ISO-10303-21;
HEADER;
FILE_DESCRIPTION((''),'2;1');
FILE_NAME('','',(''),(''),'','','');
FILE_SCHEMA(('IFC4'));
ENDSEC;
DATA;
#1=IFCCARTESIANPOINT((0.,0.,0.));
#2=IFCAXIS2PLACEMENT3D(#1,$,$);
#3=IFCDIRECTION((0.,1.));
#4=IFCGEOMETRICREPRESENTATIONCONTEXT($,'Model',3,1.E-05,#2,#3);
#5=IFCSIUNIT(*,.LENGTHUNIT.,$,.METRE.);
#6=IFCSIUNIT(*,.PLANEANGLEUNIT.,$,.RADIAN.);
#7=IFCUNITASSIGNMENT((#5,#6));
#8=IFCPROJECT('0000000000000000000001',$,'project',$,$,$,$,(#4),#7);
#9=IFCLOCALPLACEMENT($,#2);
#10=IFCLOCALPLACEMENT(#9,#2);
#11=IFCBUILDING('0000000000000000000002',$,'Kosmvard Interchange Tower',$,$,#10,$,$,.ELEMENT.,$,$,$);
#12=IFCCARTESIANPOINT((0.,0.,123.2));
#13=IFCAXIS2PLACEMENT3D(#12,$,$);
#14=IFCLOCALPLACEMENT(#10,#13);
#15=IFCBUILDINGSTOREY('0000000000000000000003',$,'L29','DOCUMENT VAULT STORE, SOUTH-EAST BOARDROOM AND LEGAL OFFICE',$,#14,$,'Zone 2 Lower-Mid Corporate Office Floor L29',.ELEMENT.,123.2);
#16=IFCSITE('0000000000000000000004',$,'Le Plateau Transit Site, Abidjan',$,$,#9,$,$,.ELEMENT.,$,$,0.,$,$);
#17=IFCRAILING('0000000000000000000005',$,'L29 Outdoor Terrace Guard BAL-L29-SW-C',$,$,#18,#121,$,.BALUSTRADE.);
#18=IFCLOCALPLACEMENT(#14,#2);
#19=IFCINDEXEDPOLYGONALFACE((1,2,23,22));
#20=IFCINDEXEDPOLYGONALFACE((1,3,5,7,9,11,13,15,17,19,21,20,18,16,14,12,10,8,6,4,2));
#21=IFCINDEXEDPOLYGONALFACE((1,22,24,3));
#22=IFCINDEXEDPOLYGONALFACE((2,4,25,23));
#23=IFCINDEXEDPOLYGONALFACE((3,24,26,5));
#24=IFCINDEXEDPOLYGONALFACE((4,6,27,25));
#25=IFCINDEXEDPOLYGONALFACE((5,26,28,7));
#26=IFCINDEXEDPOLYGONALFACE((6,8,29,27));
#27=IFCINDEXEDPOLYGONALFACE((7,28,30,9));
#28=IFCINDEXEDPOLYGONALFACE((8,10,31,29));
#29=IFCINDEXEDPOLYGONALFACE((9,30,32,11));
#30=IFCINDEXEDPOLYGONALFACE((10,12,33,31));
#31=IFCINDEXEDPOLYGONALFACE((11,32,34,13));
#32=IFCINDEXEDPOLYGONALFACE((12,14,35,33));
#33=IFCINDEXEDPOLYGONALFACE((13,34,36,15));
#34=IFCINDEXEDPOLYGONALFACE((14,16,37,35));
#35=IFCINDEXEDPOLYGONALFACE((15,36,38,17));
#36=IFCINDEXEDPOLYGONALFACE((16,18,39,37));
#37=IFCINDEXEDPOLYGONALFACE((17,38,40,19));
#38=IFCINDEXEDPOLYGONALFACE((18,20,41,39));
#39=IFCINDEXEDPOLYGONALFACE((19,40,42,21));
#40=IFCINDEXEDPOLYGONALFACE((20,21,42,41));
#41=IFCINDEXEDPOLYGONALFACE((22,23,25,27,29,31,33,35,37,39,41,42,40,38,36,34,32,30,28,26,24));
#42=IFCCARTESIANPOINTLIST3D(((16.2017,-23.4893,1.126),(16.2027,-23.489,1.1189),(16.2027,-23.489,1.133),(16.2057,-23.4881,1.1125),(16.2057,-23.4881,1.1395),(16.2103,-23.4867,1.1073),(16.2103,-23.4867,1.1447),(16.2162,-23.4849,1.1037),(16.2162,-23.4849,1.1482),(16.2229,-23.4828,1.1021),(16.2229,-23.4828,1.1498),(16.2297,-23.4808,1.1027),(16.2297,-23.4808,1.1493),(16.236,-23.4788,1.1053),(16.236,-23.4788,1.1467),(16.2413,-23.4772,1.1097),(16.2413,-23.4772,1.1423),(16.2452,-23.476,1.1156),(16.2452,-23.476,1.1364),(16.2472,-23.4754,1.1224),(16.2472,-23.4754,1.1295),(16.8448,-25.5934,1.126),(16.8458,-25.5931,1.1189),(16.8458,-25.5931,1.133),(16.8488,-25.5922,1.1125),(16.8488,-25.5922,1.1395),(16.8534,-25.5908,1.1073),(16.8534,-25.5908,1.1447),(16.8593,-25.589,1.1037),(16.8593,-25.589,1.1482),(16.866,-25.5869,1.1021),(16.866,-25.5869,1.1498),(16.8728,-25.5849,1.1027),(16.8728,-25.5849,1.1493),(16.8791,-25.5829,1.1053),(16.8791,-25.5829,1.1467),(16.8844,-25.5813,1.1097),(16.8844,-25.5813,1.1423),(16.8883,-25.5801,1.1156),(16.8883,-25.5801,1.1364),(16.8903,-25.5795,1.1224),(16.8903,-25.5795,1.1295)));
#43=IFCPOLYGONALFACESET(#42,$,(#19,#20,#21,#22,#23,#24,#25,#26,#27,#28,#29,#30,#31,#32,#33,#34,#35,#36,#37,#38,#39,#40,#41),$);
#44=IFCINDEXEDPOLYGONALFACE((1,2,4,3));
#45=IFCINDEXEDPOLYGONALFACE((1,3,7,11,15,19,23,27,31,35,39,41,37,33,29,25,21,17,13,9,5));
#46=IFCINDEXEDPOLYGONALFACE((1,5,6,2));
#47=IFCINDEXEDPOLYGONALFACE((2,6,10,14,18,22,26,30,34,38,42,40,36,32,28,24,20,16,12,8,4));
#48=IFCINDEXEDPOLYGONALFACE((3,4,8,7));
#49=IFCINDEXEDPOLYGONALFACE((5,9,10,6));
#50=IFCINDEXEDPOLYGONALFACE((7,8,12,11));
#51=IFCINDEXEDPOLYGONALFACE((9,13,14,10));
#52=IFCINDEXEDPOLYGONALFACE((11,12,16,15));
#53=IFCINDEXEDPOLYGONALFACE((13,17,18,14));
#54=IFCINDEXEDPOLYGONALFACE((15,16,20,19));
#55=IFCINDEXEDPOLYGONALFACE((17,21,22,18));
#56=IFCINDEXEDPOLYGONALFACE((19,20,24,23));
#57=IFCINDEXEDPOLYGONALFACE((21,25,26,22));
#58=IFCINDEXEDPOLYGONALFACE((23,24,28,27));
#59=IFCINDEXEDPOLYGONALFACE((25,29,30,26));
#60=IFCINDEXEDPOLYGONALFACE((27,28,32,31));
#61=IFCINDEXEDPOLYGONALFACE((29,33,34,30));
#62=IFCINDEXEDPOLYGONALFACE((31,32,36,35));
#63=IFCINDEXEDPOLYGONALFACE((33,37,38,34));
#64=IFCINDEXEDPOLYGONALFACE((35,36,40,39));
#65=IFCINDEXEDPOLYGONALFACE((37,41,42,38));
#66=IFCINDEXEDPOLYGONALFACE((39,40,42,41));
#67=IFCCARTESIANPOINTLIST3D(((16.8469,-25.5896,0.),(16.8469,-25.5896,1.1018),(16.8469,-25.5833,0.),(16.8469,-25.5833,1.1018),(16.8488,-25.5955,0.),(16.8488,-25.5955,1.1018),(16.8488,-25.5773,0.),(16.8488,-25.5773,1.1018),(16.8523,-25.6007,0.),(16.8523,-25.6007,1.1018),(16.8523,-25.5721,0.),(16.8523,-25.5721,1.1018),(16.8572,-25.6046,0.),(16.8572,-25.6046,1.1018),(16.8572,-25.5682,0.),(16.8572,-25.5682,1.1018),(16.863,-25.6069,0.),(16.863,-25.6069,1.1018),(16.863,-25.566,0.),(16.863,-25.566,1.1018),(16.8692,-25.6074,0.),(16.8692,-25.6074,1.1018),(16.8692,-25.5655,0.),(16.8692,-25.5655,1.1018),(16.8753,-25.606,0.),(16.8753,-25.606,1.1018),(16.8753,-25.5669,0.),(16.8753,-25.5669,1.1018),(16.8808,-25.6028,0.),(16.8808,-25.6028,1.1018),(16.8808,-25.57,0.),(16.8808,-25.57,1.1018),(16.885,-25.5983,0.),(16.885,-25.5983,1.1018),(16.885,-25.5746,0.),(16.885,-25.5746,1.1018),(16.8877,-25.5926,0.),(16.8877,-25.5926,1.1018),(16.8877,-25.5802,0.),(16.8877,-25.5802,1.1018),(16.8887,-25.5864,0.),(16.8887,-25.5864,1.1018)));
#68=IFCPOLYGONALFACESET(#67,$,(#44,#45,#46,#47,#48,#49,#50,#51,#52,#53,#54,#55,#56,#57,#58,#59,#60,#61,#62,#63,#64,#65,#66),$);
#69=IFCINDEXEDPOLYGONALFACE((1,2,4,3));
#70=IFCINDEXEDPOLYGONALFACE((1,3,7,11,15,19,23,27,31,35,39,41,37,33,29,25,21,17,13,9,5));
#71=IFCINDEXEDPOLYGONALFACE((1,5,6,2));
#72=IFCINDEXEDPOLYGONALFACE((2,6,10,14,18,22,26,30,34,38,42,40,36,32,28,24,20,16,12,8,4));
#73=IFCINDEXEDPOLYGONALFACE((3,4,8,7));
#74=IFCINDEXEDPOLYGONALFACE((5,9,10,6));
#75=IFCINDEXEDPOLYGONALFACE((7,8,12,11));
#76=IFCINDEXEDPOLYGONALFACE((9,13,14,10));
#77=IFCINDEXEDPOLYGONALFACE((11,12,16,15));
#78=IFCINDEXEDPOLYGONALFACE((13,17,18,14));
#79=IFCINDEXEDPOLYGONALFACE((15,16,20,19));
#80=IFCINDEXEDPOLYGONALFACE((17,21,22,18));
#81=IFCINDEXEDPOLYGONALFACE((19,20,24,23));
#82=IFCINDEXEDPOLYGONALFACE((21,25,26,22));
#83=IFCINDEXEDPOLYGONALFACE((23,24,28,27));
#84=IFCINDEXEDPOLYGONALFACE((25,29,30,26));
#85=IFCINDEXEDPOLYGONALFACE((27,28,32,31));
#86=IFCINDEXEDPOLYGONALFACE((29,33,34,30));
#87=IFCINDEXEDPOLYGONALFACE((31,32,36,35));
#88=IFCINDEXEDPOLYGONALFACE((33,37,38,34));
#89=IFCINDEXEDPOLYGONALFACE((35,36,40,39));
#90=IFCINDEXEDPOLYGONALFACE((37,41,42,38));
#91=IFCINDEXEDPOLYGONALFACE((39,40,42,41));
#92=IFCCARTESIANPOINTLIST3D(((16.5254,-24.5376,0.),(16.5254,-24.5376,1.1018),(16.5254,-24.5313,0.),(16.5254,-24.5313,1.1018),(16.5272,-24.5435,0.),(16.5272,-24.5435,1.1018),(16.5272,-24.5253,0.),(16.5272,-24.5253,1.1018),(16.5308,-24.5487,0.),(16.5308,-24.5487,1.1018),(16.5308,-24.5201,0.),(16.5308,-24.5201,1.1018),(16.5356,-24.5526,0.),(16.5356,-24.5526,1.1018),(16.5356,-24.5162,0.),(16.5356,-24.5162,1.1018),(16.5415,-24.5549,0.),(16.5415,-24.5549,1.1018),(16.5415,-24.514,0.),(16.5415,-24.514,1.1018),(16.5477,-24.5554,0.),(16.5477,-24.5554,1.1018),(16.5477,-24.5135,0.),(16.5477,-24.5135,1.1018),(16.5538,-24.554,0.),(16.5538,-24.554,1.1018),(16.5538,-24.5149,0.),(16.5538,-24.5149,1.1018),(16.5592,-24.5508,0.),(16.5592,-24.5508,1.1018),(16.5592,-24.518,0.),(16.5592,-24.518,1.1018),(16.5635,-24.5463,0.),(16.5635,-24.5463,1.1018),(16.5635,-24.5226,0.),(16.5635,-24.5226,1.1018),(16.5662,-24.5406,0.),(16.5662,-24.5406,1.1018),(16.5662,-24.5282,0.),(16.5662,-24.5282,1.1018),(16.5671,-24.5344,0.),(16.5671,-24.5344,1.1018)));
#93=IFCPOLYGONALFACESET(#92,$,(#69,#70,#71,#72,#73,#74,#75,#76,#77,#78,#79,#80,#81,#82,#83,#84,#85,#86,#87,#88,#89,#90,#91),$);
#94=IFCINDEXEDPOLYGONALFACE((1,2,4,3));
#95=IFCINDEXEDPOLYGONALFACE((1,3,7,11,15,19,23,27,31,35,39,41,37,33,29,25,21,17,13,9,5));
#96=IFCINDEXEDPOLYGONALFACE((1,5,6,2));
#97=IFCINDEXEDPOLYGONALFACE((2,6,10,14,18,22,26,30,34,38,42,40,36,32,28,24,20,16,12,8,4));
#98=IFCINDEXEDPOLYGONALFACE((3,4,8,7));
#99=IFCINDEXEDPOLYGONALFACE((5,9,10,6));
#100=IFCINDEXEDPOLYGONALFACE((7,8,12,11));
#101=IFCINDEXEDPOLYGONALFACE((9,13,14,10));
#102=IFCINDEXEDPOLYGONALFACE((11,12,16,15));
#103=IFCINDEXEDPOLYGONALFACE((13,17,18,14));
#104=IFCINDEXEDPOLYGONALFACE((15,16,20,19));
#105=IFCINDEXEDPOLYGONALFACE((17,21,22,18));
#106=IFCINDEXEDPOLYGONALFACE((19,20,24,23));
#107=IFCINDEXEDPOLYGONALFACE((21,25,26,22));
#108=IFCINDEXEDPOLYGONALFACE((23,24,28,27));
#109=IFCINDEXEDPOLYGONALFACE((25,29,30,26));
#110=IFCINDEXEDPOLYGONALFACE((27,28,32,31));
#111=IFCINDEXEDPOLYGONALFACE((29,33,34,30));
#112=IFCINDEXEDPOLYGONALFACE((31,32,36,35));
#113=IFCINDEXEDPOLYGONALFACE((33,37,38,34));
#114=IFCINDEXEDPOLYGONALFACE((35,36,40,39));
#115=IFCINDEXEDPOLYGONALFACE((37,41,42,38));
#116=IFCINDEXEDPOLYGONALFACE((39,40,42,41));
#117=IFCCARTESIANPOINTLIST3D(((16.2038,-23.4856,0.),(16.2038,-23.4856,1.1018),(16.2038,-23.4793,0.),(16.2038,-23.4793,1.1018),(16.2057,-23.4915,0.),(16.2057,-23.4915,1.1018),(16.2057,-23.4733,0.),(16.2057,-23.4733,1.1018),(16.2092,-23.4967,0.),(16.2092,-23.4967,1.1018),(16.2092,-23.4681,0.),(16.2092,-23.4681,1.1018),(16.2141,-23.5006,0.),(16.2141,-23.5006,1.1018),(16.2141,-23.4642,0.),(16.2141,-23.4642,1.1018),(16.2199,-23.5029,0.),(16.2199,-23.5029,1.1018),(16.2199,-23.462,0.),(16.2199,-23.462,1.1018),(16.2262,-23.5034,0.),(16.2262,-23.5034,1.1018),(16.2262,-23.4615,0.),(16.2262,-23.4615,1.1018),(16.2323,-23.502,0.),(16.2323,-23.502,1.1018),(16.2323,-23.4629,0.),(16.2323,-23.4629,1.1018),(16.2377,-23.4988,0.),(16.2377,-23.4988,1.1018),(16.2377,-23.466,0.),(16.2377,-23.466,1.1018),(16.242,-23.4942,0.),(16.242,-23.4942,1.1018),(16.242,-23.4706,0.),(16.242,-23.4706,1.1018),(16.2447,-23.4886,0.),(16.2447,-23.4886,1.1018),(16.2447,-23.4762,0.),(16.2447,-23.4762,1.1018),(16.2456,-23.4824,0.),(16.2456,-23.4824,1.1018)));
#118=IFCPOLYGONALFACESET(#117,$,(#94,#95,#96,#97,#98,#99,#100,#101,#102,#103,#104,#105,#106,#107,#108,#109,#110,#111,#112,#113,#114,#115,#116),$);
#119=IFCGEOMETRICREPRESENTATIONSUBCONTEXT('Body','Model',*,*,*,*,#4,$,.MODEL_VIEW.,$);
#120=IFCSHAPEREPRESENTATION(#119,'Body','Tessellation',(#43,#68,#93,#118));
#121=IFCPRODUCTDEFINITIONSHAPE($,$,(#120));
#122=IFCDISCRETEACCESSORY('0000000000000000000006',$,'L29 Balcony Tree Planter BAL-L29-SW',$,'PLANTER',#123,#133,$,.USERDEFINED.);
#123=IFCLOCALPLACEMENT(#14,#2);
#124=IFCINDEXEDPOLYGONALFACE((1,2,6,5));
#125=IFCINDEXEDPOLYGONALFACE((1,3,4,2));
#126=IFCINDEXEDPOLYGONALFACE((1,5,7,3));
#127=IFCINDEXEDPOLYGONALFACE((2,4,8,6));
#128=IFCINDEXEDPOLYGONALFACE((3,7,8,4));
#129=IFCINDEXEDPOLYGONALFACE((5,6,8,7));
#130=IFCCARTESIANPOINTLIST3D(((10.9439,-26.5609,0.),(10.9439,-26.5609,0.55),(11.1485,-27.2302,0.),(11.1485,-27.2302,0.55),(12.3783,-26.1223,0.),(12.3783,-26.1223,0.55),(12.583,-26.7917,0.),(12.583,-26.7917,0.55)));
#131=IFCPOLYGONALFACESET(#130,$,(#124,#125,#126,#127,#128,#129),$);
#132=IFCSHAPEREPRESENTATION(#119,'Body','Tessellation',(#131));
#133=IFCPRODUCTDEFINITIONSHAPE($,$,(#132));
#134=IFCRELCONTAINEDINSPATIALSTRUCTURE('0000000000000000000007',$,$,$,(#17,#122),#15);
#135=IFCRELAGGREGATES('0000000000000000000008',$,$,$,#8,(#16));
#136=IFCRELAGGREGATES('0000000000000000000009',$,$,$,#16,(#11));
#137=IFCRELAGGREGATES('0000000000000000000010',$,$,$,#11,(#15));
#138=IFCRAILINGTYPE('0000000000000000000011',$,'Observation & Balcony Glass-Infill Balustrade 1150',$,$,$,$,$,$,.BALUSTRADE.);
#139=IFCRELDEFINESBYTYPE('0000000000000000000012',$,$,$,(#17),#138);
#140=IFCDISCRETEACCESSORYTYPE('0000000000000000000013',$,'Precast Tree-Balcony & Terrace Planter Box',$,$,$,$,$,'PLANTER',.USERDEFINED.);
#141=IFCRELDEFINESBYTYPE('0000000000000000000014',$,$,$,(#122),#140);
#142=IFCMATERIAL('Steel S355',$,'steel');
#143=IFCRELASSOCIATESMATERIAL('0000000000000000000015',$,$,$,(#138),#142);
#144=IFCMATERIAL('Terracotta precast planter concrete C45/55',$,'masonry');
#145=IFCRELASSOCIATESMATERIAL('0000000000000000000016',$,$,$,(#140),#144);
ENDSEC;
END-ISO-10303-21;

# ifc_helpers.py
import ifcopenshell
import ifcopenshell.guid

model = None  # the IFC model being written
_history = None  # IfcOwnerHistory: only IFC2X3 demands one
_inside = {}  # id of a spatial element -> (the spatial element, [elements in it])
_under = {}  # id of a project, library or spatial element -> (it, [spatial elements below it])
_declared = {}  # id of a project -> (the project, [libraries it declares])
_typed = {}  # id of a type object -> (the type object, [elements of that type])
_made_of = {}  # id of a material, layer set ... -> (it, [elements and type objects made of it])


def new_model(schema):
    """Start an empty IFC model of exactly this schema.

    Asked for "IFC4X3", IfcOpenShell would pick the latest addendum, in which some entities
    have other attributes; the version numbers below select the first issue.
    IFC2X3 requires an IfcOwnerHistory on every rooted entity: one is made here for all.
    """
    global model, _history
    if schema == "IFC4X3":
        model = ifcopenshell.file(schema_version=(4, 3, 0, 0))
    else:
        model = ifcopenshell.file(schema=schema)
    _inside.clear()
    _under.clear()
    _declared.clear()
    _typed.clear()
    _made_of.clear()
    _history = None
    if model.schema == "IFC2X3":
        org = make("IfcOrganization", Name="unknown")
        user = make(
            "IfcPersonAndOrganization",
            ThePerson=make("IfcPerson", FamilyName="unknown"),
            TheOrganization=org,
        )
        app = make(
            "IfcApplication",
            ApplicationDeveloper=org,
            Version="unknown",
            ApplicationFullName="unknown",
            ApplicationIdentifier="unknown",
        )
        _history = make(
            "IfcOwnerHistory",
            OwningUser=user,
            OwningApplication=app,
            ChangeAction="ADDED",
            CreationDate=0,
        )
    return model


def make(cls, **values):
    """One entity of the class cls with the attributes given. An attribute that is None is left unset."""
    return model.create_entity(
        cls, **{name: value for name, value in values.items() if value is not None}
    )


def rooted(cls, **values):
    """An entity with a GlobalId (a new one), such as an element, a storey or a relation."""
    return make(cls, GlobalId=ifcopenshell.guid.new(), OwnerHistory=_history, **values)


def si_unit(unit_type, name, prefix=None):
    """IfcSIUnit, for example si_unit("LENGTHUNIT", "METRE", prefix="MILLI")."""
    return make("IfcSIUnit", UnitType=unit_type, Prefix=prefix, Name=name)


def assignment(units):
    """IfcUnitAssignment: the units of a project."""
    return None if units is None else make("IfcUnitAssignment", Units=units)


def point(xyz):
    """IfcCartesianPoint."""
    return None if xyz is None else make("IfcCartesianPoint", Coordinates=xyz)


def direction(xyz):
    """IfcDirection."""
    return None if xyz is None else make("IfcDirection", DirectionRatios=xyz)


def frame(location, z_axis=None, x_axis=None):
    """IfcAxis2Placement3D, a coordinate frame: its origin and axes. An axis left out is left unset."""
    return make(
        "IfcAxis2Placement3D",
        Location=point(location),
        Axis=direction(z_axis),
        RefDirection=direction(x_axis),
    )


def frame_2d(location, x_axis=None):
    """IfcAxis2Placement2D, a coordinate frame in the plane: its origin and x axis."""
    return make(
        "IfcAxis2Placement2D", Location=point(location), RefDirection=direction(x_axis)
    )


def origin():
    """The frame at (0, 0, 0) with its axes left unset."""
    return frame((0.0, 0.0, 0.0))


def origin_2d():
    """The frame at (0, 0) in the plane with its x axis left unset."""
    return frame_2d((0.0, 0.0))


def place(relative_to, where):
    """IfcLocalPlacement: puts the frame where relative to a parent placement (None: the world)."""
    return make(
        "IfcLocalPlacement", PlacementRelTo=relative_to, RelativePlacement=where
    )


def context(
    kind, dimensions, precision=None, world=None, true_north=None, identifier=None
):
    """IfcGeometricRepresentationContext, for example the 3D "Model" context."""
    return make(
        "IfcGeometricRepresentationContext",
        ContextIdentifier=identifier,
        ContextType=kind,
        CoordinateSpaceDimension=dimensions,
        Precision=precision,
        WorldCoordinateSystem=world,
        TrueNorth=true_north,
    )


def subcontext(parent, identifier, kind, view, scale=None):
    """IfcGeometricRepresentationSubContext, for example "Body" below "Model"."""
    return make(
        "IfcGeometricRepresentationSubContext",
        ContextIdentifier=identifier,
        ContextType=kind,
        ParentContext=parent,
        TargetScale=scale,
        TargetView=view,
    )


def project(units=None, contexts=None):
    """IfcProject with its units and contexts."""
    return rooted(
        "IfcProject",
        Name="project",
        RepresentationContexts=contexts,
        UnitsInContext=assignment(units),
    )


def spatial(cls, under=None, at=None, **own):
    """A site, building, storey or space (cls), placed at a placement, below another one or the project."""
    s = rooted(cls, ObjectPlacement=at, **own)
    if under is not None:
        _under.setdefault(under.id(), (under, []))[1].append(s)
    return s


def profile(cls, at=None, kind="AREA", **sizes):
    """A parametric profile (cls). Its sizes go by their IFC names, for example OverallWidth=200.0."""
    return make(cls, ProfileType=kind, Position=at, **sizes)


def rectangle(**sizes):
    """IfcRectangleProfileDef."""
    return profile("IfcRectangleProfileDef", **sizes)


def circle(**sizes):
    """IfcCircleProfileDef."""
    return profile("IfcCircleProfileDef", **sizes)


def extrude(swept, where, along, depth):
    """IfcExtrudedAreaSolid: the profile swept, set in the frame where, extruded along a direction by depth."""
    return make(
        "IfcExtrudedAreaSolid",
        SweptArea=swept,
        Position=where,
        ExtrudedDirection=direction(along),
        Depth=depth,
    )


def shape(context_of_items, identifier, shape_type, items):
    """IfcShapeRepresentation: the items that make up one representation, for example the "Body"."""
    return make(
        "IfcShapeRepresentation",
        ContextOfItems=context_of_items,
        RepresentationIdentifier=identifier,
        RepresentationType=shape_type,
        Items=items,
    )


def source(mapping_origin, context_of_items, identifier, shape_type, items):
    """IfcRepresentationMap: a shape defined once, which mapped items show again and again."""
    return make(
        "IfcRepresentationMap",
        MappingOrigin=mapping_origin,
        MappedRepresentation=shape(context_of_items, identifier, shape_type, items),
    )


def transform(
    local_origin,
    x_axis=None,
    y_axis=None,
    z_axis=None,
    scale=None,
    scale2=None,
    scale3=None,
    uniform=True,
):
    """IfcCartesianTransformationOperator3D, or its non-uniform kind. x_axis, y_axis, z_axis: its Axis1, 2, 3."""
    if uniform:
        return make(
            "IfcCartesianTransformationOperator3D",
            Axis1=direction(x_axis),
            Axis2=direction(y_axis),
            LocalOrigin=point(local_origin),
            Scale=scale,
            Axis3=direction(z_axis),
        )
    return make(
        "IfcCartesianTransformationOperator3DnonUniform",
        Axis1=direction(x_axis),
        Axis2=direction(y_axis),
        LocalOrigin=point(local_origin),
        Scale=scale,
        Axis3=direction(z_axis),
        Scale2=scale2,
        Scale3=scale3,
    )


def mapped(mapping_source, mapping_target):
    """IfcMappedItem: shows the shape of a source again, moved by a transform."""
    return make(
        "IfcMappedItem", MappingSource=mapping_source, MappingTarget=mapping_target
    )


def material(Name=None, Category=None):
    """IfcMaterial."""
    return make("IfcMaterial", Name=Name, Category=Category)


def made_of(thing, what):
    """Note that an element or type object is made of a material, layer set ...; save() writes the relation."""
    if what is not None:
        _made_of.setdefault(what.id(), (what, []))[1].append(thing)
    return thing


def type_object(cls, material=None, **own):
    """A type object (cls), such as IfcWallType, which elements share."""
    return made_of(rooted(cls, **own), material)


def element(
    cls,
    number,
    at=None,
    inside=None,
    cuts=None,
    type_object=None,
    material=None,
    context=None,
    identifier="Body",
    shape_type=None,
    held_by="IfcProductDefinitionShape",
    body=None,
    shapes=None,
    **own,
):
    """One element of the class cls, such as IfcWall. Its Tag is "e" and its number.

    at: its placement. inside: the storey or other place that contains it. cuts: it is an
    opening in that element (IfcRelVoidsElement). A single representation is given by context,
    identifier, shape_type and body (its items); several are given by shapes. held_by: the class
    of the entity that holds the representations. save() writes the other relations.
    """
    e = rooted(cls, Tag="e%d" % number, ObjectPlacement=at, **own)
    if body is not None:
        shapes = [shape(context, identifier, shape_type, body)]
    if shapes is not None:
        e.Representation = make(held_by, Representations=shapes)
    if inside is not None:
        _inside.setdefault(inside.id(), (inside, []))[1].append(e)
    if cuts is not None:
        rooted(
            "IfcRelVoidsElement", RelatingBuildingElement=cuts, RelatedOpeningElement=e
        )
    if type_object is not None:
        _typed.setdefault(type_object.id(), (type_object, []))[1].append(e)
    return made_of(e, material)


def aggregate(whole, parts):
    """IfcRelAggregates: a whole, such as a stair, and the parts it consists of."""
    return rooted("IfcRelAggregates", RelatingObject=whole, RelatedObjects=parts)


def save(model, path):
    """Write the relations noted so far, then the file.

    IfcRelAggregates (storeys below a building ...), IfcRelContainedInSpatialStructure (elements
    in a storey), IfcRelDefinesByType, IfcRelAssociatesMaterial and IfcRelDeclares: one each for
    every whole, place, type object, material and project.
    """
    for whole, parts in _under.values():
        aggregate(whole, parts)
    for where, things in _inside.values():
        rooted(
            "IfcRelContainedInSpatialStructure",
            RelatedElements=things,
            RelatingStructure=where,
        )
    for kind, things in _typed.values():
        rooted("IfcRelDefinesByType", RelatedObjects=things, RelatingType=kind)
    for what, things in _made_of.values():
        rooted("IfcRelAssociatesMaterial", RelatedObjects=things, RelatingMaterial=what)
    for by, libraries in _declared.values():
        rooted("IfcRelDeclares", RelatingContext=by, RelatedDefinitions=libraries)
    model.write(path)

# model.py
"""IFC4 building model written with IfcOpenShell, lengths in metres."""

from ifc_helpers import new_model, si_unit, direction, frame, origin, origin_2d, place, context, subcontext, project, spatial, rectangle, circle, extrude, source, transform, mapped, material, type_object, element, save


model = new_model("IFC4")

# Units and contexts
model_context = context("Model", 3, precision=1e-05, world=origin(), true_north=direction((0.0, 1.0)))
body_context = subcontext(model_context, "Body", "Model", "MODEL_VIEW")
ifc_project = project(units=[si_unit("LENGTHUNIT", "METRE"), si_unit("PLANEANGLEUNIT", "RADIAN")], contexts=[model_context])

# Site, building, storey
site_placement = place(None, origin())
site = spatial("IfcSite", under=ifc_project, at=site_placement, Name="Le Plateau Transit Site, Abidjan", CompositionType="ELEMENT", RefElevation=0.0)
building_placement = place(site_placement, origin())
building = spatial("IfcBuilding", under=site, at=building_placement, Name="Kosmvard Interchange Tower", CompositionType="ELEMENT")
storey_placement = place(building_placement, frame((0.0, 0.0, 123.2)))
storey = spatial("IfcBuildingStorey", under=building, at=storey_placement, Name="L29", Description="DOCUMENT VAULT STORE, SOUTH-EAST BOARDROOM AND LEGAL OFFICE", LongName="Zone 2 Lower-Mid Corporate Office Floor L29", CompositionType="ELEMENT", Elevation=123.2)

# Shared definitions
ifc_material_1 = material(Name="Steel S355", Category="steel")

# Railing
railing_type = type_object("IfcRailingType", Name="Observation & Balcony Glass-Infill Balustrade 1150", PredefinedType="BALUSTRADE", material=ifc_material_1)
shared_shape_1 = source(origin(), body_context, "Body", "SweptSolid", [
    extrude(circle(Radius=0.0239, at=origin_2d()), frame((0.0, 0.0, 1.126), z_axis=(-0.292292, 0.956329, 0.0), x_axis=(-0.956329, -0.292292, 0.0)), (0.0, 0.0, 1.0), 2.2002),
    extrude(circle(Radius=0.021, at=origin_2d()), origin(), (0.0, 0.0, 1.0), 1.1018),
    extrude(circle(Radius=0.021, at=origin_2d()), frame((-0.3215, 1.052, 0.0)), (0.0, 0.0, 1.0), 1.1018),
    extrude(circle(Radius=0.021, at=origin_2d()), frame((-0.6431, 2.104, 0.0)), (0.0, 0.0, 1.0), 1.1018),
])
railing_placement = place(storey_placement, frame((16.8677, -25.5864, 0.0)))
element("IfcRailing", 1, at=railing_placement, inside=storey, type_object=railing_type, Name="L29 Outdoor Terrace Guard BAL-L29-SW-C", PredefinedType="BALUSTRADE", context=body_context, shape_type="MappedRepresentation", body=[
    mapped(shared_shape_1, transform((0.0, 0.0, 0.0), scale=1.0)),
])

# Discrete accessory
ifc_material_2 = material(Name="Terracotta precast planter concrete C45/55", Category="masonry")
discrete_accessory_type = type_object("IfcDiscreteAccessoryType", Name="Precast Tree-Balcony & Terrace Planter Box", ElementType="PLANTER", PredefinedType="USERDEFINED", material=ifc_material_2)
shared_shape_2 = source(origin(), body_context, "Body", "SweptSolid", [
    extrude(rectangle(XDim=1.5, YDim=0.7, at=origin_2d()), origin(), (0.0, 0.0, 1.0), 0.55),
])
discrete_accessory_placement = place(storey_placement, frame((11.7634, -26.6763, 0.0), z_axis=(0.0, 0.0, 1.0), x_axis=(0.956305, 0.292372, 0.0)))
element("IfcDiscreteAccessory", 2, at=discrete_accessory_placement, inside=storey, type_object=discrete_accessory_type, Name="L29 Balcony Tree Planter BAL-L29-SW", ObjectType="PLANTER", PredefinedType="USERDEFINED", context=body_context, shape_type="MappedRepresentation", body=[
    mapped(shared_shape_2, transform((0.0, 0.0, 0.0), scale=1.0)),
])

save(model, "model.ifc")
